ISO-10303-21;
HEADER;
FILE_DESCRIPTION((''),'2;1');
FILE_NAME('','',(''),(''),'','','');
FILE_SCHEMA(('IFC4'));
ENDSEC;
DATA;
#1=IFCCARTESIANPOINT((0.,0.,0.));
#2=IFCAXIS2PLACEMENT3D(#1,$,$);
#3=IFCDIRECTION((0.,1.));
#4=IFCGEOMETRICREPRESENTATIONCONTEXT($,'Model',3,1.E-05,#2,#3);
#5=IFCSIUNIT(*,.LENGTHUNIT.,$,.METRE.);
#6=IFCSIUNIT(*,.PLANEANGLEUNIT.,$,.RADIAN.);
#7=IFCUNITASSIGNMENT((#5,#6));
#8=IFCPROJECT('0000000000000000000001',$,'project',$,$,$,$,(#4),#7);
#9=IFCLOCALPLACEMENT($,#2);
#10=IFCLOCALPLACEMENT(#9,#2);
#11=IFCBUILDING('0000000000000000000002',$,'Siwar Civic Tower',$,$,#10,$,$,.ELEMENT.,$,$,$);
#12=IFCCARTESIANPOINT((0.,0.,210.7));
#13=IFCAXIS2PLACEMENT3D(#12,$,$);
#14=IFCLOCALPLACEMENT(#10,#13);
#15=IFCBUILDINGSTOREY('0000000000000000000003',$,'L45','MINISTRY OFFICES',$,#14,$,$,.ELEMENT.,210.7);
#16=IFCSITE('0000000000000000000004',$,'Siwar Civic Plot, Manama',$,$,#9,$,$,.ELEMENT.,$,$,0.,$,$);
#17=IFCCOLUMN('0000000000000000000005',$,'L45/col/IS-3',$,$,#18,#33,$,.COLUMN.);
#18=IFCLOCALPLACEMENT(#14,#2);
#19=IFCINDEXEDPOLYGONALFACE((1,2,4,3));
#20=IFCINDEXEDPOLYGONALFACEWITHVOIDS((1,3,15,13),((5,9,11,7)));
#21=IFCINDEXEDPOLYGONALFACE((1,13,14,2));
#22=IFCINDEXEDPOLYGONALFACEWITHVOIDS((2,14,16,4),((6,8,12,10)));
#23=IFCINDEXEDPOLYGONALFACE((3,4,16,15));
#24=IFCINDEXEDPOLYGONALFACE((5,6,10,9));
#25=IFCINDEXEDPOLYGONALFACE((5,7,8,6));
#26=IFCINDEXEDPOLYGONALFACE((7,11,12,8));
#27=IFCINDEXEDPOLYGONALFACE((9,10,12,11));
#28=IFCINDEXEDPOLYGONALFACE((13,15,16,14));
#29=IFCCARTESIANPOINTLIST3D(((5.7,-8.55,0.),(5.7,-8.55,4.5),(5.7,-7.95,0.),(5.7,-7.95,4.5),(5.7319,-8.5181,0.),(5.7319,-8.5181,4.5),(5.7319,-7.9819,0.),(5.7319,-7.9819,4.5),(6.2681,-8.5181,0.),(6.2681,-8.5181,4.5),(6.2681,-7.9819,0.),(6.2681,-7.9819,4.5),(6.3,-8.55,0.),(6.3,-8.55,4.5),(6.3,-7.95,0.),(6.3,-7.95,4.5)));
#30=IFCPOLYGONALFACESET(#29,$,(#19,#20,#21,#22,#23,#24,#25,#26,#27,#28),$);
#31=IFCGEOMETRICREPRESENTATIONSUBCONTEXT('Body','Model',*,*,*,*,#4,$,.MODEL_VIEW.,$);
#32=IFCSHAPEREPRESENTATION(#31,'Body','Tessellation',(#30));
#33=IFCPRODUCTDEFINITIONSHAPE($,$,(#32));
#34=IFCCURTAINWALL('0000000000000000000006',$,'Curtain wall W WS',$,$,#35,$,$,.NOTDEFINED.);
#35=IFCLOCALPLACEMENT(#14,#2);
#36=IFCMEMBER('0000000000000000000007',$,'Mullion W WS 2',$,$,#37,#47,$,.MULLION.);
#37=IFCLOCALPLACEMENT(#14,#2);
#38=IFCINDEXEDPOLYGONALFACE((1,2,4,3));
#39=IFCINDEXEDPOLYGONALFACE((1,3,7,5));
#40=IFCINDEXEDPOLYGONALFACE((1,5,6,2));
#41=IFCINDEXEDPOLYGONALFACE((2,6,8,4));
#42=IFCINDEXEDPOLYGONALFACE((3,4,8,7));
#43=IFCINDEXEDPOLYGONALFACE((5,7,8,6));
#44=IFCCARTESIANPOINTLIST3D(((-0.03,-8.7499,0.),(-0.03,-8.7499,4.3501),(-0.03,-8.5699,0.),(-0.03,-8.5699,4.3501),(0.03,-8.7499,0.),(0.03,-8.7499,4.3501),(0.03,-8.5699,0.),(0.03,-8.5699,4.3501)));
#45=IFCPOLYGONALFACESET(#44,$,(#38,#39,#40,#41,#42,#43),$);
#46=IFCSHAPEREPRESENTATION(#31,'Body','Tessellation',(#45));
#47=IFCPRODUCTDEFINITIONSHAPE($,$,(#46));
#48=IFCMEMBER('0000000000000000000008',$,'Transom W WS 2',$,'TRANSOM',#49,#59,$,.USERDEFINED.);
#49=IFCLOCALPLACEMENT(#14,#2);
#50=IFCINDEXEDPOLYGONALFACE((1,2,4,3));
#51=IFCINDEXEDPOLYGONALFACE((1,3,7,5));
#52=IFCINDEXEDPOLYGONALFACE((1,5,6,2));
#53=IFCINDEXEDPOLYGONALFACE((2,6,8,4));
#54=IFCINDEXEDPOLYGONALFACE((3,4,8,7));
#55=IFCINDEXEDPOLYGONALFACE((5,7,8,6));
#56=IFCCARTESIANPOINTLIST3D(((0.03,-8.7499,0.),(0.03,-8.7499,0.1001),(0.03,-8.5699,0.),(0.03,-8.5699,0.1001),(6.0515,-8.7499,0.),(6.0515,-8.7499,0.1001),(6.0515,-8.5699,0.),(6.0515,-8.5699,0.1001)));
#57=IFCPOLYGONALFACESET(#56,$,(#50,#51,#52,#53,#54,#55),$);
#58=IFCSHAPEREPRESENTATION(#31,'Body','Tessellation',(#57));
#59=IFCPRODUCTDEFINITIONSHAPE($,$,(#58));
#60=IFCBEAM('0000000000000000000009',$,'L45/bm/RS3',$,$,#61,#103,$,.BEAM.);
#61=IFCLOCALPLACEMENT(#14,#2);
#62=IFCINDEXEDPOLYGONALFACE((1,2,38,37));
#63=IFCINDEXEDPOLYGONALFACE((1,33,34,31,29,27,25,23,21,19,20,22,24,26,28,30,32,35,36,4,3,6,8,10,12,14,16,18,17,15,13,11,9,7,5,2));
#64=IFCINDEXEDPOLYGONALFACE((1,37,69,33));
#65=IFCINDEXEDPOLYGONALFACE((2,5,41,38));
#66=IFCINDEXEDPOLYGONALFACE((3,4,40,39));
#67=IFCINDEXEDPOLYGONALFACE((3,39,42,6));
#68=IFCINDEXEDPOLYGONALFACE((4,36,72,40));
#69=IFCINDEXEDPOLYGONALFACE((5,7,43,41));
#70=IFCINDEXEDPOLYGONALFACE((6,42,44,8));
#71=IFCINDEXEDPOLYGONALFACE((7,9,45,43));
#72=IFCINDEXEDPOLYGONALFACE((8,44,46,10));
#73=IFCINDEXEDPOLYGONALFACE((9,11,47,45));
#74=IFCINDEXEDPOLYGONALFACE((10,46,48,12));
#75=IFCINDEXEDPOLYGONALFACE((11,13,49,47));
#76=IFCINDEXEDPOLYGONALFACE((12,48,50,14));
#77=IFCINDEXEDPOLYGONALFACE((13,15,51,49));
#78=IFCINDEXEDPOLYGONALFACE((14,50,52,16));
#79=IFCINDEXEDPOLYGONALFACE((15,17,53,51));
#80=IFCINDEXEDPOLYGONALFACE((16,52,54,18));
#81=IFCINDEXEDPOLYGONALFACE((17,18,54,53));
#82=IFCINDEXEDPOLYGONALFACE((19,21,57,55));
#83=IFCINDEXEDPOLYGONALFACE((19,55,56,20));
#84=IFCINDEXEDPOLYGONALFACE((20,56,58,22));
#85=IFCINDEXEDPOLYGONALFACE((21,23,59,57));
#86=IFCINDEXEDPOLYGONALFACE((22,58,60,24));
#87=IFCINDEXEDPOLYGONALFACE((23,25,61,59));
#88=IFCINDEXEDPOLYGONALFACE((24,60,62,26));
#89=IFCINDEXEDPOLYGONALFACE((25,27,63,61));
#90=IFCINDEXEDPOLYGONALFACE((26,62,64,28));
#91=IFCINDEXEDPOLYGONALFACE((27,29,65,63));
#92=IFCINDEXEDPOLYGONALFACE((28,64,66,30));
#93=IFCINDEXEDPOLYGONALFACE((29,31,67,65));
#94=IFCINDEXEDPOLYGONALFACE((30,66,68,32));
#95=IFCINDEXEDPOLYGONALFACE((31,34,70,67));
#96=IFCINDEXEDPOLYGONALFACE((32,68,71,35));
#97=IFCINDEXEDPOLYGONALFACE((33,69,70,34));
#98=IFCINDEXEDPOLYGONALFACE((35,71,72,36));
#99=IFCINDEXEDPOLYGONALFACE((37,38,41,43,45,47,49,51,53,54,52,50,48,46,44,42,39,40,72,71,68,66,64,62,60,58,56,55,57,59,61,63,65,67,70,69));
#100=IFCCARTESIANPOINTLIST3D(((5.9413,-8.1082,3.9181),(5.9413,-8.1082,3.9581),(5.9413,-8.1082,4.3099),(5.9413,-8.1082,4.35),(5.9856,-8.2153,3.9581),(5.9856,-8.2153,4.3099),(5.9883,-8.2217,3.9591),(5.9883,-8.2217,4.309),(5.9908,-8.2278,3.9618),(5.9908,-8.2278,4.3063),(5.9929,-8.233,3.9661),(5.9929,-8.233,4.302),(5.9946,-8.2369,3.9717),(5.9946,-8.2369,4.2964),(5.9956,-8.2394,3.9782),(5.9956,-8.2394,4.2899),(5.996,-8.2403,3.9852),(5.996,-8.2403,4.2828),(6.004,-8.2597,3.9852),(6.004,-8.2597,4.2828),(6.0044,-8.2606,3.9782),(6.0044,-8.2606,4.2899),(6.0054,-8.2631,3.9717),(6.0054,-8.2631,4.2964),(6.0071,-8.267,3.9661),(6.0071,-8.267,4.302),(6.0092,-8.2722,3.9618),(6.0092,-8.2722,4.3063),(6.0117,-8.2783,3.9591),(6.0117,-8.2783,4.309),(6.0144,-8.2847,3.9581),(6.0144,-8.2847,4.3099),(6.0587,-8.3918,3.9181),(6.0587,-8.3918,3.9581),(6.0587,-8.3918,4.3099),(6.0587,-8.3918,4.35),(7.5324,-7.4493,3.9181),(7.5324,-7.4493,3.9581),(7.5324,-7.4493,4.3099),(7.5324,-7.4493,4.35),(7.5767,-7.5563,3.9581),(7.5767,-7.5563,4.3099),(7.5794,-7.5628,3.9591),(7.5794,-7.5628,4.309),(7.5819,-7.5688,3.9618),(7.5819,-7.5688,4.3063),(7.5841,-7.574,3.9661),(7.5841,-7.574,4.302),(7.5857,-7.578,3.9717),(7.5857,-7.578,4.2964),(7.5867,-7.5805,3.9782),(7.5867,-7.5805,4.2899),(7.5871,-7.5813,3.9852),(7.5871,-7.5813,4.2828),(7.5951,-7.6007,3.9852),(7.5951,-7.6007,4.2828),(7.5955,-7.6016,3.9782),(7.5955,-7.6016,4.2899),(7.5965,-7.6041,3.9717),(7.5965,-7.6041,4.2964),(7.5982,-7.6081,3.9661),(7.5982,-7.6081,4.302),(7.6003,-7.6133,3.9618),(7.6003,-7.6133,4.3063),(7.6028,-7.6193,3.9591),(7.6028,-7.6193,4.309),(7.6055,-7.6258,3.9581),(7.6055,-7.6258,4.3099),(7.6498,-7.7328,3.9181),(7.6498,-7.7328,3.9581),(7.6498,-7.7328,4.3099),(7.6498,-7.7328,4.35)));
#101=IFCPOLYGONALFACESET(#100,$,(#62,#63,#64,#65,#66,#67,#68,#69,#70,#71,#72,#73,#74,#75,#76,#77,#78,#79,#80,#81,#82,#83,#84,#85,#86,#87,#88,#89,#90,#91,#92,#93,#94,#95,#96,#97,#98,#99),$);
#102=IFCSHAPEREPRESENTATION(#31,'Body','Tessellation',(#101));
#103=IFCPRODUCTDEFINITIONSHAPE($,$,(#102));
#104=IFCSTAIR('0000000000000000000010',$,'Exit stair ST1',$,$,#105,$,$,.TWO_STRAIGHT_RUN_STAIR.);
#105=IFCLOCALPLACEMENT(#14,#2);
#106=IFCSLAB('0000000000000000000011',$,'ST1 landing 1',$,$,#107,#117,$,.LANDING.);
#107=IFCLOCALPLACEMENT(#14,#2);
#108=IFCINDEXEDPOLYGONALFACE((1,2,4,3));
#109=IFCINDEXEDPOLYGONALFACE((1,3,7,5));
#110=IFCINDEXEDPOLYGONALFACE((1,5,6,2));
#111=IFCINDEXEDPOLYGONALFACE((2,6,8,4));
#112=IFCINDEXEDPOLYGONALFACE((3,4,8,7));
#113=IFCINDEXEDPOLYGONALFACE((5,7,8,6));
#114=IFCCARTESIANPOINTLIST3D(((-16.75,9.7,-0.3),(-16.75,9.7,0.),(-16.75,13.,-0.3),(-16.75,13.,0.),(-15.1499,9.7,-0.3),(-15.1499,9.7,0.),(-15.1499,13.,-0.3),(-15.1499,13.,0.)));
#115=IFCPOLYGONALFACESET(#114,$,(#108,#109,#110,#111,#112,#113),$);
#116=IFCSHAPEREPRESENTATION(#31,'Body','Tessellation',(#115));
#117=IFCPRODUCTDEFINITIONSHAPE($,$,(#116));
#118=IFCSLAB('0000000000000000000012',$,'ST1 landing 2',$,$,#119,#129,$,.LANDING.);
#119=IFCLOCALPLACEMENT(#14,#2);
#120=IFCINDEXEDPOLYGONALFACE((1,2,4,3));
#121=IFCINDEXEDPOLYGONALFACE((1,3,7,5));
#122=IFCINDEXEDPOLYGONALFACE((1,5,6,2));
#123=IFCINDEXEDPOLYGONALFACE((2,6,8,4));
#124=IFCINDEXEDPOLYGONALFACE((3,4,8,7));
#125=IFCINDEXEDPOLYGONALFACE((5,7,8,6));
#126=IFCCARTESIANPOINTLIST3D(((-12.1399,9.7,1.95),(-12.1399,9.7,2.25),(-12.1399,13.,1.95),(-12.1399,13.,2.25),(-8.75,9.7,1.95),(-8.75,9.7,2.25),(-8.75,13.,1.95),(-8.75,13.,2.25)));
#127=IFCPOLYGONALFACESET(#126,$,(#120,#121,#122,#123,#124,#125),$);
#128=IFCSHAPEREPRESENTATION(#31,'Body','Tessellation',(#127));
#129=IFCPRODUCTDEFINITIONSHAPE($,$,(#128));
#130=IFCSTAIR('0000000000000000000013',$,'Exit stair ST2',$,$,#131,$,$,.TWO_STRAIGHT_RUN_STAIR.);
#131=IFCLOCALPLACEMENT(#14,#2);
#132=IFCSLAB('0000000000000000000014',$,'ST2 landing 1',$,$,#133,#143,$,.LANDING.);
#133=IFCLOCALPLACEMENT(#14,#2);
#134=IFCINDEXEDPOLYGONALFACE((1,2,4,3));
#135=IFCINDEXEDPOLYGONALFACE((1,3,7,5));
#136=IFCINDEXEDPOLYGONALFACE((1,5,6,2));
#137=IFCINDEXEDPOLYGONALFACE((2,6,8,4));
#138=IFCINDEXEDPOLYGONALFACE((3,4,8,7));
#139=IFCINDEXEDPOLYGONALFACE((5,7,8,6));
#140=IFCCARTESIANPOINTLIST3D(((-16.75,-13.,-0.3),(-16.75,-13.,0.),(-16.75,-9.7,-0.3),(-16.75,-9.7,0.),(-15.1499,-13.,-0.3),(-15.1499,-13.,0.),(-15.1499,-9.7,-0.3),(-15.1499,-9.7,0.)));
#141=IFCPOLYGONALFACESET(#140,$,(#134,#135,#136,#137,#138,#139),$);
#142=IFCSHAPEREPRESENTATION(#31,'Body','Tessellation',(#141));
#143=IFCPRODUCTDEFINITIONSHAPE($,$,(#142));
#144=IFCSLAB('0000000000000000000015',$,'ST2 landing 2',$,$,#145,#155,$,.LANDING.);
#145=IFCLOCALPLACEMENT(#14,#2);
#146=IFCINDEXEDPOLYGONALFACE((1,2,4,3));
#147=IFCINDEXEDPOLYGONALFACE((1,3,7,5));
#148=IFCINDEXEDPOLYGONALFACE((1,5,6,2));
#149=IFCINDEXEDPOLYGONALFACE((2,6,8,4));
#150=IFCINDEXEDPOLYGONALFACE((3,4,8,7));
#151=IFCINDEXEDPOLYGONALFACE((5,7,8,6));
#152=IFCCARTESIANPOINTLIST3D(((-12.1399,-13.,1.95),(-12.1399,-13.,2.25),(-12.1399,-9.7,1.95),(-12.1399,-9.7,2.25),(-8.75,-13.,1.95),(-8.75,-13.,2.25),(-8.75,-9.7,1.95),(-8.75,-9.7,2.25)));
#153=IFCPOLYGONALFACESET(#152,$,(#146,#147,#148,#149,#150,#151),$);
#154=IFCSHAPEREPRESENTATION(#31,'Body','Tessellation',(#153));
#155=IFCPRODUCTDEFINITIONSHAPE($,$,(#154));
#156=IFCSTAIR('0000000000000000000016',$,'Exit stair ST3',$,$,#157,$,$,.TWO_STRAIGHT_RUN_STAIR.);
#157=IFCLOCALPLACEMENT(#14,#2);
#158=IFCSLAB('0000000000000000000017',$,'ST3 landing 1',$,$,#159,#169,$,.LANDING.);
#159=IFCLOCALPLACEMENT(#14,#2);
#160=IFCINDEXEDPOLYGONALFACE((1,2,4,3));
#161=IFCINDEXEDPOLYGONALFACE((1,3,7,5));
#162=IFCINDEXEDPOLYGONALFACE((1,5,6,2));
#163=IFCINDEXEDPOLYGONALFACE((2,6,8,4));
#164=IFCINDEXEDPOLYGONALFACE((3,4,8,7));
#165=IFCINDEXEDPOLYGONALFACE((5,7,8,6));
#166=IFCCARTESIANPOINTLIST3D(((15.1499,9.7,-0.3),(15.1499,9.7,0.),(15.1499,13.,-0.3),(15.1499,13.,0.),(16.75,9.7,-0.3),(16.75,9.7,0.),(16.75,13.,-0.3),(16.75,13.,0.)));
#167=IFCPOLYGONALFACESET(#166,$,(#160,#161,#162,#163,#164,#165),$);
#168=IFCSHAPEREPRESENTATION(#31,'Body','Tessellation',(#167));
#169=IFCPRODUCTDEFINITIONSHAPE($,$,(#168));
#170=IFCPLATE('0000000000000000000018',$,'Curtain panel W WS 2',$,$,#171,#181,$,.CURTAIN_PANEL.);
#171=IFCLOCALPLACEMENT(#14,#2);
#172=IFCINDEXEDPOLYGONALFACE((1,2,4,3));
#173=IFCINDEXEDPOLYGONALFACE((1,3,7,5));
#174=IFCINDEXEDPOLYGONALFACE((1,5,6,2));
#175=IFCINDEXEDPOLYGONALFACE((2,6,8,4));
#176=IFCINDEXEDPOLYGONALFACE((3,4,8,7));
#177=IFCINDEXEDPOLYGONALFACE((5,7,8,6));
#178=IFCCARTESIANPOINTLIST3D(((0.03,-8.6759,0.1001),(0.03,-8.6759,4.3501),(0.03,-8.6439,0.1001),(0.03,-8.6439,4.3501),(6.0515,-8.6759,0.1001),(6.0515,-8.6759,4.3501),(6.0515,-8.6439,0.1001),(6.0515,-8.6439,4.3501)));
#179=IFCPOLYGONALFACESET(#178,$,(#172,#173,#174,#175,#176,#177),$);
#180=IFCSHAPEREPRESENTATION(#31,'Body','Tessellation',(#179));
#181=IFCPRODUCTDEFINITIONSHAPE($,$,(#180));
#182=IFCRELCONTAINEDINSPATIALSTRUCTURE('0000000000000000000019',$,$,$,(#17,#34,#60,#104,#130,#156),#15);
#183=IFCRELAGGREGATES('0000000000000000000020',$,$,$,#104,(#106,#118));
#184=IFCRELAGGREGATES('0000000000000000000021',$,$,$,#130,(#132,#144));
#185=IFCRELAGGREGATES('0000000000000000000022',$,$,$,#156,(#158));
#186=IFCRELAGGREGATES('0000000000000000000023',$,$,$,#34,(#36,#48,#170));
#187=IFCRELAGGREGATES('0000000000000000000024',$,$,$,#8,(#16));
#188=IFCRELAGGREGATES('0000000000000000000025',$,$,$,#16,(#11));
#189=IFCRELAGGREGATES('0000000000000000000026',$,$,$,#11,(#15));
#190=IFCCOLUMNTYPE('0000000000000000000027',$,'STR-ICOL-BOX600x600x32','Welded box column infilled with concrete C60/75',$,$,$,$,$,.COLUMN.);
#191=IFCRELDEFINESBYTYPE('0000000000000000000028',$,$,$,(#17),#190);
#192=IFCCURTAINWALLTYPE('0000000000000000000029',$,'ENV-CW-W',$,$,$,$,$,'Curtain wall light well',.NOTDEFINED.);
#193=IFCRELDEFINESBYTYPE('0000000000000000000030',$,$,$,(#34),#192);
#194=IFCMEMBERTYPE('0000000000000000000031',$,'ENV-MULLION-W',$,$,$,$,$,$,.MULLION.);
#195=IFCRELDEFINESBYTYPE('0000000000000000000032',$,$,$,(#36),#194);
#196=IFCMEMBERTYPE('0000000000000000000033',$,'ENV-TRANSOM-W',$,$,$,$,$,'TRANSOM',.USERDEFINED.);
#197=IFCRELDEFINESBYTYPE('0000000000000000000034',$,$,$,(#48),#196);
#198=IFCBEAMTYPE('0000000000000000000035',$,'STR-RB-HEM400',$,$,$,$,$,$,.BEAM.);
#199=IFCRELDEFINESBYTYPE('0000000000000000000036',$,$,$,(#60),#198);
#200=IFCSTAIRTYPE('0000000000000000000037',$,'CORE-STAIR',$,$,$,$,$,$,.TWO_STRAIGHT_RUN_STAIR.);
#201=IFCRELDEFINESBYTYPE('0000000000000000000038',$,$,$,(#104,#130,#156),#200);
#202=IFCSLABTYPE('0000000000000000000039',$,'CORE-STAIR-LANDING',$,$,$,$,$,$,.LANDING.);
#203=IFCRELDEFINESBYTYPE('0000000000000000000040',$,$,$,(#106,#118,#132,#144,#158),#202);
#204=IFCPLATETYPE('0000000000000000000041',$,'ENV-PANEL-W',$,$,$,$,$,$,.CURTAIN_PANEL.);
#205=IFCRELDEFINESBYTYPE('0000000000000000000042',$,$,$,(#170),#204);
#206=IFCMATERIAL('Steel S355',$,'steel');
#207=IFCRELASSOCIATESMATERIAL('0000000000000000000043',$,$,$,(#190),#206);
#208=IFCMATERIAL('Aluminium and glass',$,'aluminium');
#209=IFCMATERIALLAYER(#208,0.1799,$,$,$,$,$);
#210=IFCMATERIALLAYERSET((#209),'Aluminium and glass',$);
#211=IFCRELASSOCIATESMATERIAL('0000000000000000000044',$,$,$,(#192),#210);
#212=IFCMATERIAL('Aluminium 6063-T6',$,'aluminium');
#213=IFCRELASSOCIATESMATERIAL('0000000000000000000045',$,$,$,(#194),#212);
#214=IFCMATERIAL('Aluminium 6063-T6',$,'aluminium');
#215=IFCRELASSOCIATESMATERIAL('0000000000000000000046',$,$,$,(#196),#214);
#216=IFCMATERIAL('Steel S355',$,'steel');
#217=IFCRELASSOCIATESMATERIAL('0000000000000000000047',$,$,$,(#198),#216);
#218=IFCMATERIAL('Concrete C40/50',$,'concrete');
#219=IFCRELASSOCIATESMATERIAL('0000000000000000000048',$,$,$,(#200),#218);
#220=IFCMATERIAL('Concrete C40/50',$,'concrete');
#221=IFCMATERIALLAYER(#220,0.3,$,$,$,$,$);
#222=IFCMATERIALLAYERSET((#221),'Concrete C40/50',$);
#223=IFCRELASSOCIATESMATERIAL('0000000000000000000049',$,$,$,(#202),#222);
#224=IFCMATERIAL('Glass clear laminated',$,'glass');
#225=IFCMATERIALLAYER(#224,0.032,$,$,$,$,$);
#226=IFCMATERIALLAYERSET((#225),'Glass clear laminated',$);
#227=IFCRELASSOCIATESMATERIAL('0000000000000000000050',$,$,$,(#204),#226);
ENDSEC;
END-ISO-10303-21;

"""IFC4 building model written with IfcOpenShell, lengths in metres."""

from ifc_helpers import new_model, si_unit, direction, frame, origin, origin_2d, place, context, subcontext, project, spatial, polyline, rectangle, hollow_rectangle, i_section, outline, extrude, material, layer, layer_set, material_profile, profile_set, type_object, element, aggregate, save


model = new_model("IFC4")

# Units and contexts
model_context = context("Model", 3, precision=1e-05, world=origin(), true_north=direction((0.0, 1.0)))
body_context = subcontext(model_context, "Body", "Model", "MODEL_VIEW")
ifc_project = project(units=[si_unit("LENGTHUNIT", "METRE"), si_unit("PLANEANGLEUNIT", "RADIAN")], contexts=[model_context])

# Site, building, storey
site_placement = place(None, origin())
site = spatial("IfcSite", under=ifc_project, at=site_placement, Name="Siwar Civic Plot, Manama", CompositionType="ELEMENT", RefElevation=0.0)
building_placement = place(site_placement, origin())
building = spatial("IfcBuilding", under=site, at=building_placement, Name="Siwar Civic Tower", CompositionType="ELEMENT")
storey_placement = place(building_placement, frame((0.0, 0.0, 210.7)))
storey = spatial("IfcBuildingStorey", under=building, at=storey_placement, Name="L45", Description="MINISTRY OFFICES", CompositionType="ELEMENT", Elevation=210.7)

# Column
ifc_material_1 = material(Name="Steel S355", Category="steel")
ifc_material_profile_1 = material_profile(ifc_material_1, hollow_rectangle(XDim=0.6001, YDim=0.6001, WallThickness=0.032, at=origin_2d()), Name="BOX600x600x32")
ifc_profile_set_1 = profile_set([ifc_material_profile_1], Name="Steel S355")
column_type = type_object("IfcColumnType", Name="STR-ICOL-BOX600x600x32", Description="Welded box column infilled with concrete C60/75", PredefinedType="COLUMN", material=ifc_profile_set_1)
column_placement = place(storey_placement, frame((6.0, -8.25, 0.0), z_axis=(0.0, 0.0, 1.0), x_axis=(1.0, 0.0, 0.0)))
element("IfcColumn", 1, at=column_placement, inside=storey, type_object=column_type, Name="L45/col/IS-3", PredefinedType="COLUMN", context=body_context, shape_type="SweptSolid", body=[
    extrude(hollow_rectangle(XDim=0.6001, YDim=0.6001, WallThickness=0.032, at=origin_2d()), origin(), (0.0, 0.0, 1.0), 4.5),
])

# Curtain wall, members
ifc_material_2 = material(Name="Aluminium and glass", Category="aluminium")
ifc_layer_1 = layer(ifc_material_2, 0.1799)
ifc_layer_set_1 = layer_set([ifc_layer_1], Name="Aluminium and glass")
curtain_wall_type = type_object("IfcCurtainWallType", Name="ENV-CW-W", ElementType="Curtain wall light well", PredefinedType="NOTDEFINED", material=ifc_layer_set_1)
curtain_wall_placement = place(storey_placement, origin())
curtain_wall = element("IfcCurtainWall", 2, at=curtain_wall_placement, inside=storey, type_object=curtain_wall_type, Name="Curtain wall W WS", PredefinedType="NOTDEFINED")
ifc_material_3 = material(Name="Aluminium 6063-T6", Category="aluminium")
ifc_material_profile_2 = material_profile(ifc_material_3, rectangle(XDim=0.1799, YDim=0.0601, at=origin_2d()), Name="AL 180x60")
ifc_profile_set_2 = profile_set([ifc_material_profile_2], Name="Aluminium 6063-T6")
member_type_1 = type_object("IfcMemberType", Name="ENV-MULLION-W", PredefinedType="MULLION", material=ifc_profile_set_2)
member_1_placement = place(storey_placement, frame((0.0, -8.6599, 0.0), z_axis=(0.0, 0.0, 1.0), x_axis=(0.0, 1.0, 0.0)))
member_1 = element("IfcMember", 3, at=member_1_placement, type_object=member_type_1, Name="Mullion W WS 2", PredefinedType="MULLION", context=body_context, shape_type="SweptSolid", body=[
    extrude(rectangle(XDim=0.1799, YDim=0.0601, at=origin_2d()), origin(), (0.0, 0.0, 1.0), 4.3501),
])
ifc_material_4 = material(Name="Aluminium 6063-T6", Category="aluminium")
ifc_material_profile_3 = material_profile(ifc_material_4, rectangle(XDim=0.1799, YDim=0.1001, at=origin_2d()), Name="AL 180x100")
ifc_profile_set_3 = profile_set([ifc_material_profile_3], Name="Aluminium 6063-T6")
member_type_2 = type_object("IfcMemberType", Name="ENV-TRANSOM-W", ElementType="TRANSOM", PredefinedType="USERDEFINED", material=ifc_profile_set_3)
member_2_placement = place(storey_placement, frame((0.03, -8.6599, 0.05), z_axis=(1.0, 0.0, 0.0), x_axis=(0.0, 1.0, 0.0)))
member_2 = element("IfcMember", 4, at=member_2_placement, type_object=member_type_2, Name="Transom W WS 2", ObjectType="TRANSOM", PredefinedType="USERDEFINED", context=body_context, shape_type="SweptSolid", body=[
    extrude(rectangle(XDim=0.1799, YDim=0.1001, at=origin_2d()), origin(), (0.0, 0.0, 1.0), 6.0215),
])

# Beam
ifc_material_5 = material(Name="Steel S355", Category="steel")
ifc_material_profile_4 = material_profile(ifc_material_5, i_section(OverallWidth=0.3069, OverallDepth=0.4319, WebThickness=0.021, FlangeThickness=0.04, FilletRadius=0.0271, at=origin_2d()), Name="HEM400")
ifc_profile_set_4 = profile_set([ifc_material_profile_4], Name="Steel S355")
beam_type = type_object("IfcBeamType", Name="STR-RB-HEM400", PredefinedType="BEAM", material=ifc_profile_set_4)
beam_placement = place(storey_placement, frame((6.0, -8.25, 4.134), z_axis=(0.923901, 0.382631, 0.0), x_axis=(-0.382631, 0.923901, 0.0)))
element("IfcBeam", 5, at=beam_placement, inside=storey, type_object=beam_type, Name="L45/bm/RS3", PredefinedType="BEAM", context=body_context, shape_type="SweptSolid", body=[
    extrude(i_section(OverallWidth=0.3069, OverallDepth=0.4319, WebThickness=0.021, FlangeThickness=0.04, FilletRadius=0.0271, at=origin_2d()), origin(), (0.0, 0.0, 1.0), 1.7222),
])

# Stairs, slabs
ifc_material_6 = material(Name="Concrete C40/50", Category="concrete")
stair_type = type_object("IfcStairType", Name="CORE-STAIR", PredefinedType="TWO_STRAIGHT_RUN_STAIR", material=ifc_material_6)
stair_1_placement = place(storey_placement, origin())
stair_1 = element("IfcStair", 6, at=stair_1_placement, inside=storey, type_object=stair_type, Name="Exit stair ST1", PredefinedType="TWO_STRAIGHT_RUN_STAIR")
ifc_material_7 = material(Name="Concrete C40/50", Category="concrete")
ifc_layer_2 = layer(ifc_material_7, 0.3)
ifc_layer_set_2 = layer_set([ifc_layer_2], Name="Concrete C40/50")
slab_type = type_object("IfcSlabType", Name="CORE-STAIR-LANDING", PredefinedType="LANDING", material=ifc_layer_set_2)
slab_1_placement = place(storey_placement, frame((0.0, 0.0, -0.3)))
slab_1 = element("IfcSlab", 7, at=slab_1_placement, type_object=slab_type, Name="ST1 landing 1", PredefinedType="LANDING", context=body_context, shape_type="SweptSolid", body=[
    extrude(outline(polyline([(-15.1499, 13.0), (-16.75, 13.0), (-16.75, 9.7), (-15.1499, 9.7), (-15.1499, 13.0)])), origin(), (0.0, 0.0, 1.0), 0.3),
])
slab_2_placement = place(storey_placement, frame((0.0, 0.0, 1.95)))
slab_2 = element("IfcSlab", 8, at=slab_2_placement, type_object=slab_type, Name="ST1 landing 2", PredefinedType="LANDING", context=body_context, shape_type="SweptSolid", body=[
    extrude(outline(polyline([(-8.75, 13.0), (-12.1399, 13.0), (-12.1399, 9.7), (-8.75, 9.7), (-8.75, 13.0)])), origin(), (0.0, 0.0, 1.0), 0.3),
])
aggregate(stair_1, [slab_1, slab_2])
stair_2_placement = place(storey_placement, origin())
stair_2 = element("IfcStair", 9, at=stair_2_placement, inside=storey, type_object=stair_type, Name="Exit stair ST2", PredefinedType="TWO_STRAIGHT_RUN_STAIR")
slab_3_placement = place(storey_placement, frame((0.0, 0.0, -0.3)))
slab_3 = element("IfcSlab", 10, at=slab_3_placement, type_object=slab_type, Name="ST2 landing 1", PredefinedType="LANDING", context=body_context, shape_type="SweptSolid", body=[
    extrude(outline(polyline([(-15.1499, -9.7), (-16.75, -9.7), (-16.75, -13.0), (-15.1499, -13.0), (-15.1499, -9.7)])), origin(), (0.0, 0.0, 1.0), 0.3),
])
slab_4_placement = place(storey_placement, frame((0.0, 0.0, 1.95)))
slab_4 = element("IfcSlab", 11, at=slab_4_placement, type_object=slab_type, Name="ST2 landing 2", PredefinedType="LANDING", context=body_context, shape_type="SweptSolid", body=[
    extrude(outline(polyline([(-8.75, -9.7), (-12.1399, -9.7), (-12.1399, -13.0), (-8.75, -13.0), (-8.75, -9.7)])), origin(), (0.0, 0.0, 1.0), 0.3),
])
aggregate(stair_2, [slab_3, slab_4])

# Stair, slab
stair_3_placement = place(storey_placement, origin())
stair_3 = element("IfcStair", 12, at=stair_3_placement, inside=storey, type_object=stair_type, Name="Exit stair ST3", PredefinedType="TWO_STRAIGHT_RUN_STAIR")
slab_5_placement = place(storey_placement, frame((0.0, 0.0, -0.3)))
slab_5 = element("IfcSlab", 13, at=slab_5_placement, type_object=slab_type, Name="ST3 landing 1", PredefinedType="LANDING", context=body_context, shape_type="SweptSolid", body=[
    extrude(outline(polyline([(15.1499, 9.7), (16.75, 9.7), (16.75, 13.0), (15.1499, 13.0), (15.1499, 9.7)])), origin(), (0.0, 0.0, 1.0), 0.3),
])
aggregate(stair_3, [slab_5])

# Plate
ifc_material_8 = material(Name="Glass clear laminated", Category="glass")
ifc_layer_3 = layer(ifc_material_8, 0.032)
ifc_layer_set_3 = layer_set([ifc_layer_3], Name="Glass clear laminated")
plate_type = type_object("IfcPlateType", Name="ENV-PANEL-W", PredefinedType="CURTAIN_PANEL", material=ifc_layer_set_3)
plate_placement = place(storey_placement, frame((3.0408, -8.6599, 0.1001), z_axis=(0.0, 0.0, 1.0), x_axis=(1.0, 0.0, 0.0)))
plate = element("IfcPlate", 14, at=plate_placement, type_object=plate_type, Name="Curtain panel W WS 2", PredefinedType="CURTAIN_PANEL", context=body_context, shape_type="SweptSolid", body=[
    extrude(rectangle(XDim=6.0215, YDim=0.032, at=origin_2d()), origin(), (0.0, 0.0, 1.0), 4.25),
])
aggregate(curtain_wall, [member_1, member_2, plate])

save(model, "model.ifc")
